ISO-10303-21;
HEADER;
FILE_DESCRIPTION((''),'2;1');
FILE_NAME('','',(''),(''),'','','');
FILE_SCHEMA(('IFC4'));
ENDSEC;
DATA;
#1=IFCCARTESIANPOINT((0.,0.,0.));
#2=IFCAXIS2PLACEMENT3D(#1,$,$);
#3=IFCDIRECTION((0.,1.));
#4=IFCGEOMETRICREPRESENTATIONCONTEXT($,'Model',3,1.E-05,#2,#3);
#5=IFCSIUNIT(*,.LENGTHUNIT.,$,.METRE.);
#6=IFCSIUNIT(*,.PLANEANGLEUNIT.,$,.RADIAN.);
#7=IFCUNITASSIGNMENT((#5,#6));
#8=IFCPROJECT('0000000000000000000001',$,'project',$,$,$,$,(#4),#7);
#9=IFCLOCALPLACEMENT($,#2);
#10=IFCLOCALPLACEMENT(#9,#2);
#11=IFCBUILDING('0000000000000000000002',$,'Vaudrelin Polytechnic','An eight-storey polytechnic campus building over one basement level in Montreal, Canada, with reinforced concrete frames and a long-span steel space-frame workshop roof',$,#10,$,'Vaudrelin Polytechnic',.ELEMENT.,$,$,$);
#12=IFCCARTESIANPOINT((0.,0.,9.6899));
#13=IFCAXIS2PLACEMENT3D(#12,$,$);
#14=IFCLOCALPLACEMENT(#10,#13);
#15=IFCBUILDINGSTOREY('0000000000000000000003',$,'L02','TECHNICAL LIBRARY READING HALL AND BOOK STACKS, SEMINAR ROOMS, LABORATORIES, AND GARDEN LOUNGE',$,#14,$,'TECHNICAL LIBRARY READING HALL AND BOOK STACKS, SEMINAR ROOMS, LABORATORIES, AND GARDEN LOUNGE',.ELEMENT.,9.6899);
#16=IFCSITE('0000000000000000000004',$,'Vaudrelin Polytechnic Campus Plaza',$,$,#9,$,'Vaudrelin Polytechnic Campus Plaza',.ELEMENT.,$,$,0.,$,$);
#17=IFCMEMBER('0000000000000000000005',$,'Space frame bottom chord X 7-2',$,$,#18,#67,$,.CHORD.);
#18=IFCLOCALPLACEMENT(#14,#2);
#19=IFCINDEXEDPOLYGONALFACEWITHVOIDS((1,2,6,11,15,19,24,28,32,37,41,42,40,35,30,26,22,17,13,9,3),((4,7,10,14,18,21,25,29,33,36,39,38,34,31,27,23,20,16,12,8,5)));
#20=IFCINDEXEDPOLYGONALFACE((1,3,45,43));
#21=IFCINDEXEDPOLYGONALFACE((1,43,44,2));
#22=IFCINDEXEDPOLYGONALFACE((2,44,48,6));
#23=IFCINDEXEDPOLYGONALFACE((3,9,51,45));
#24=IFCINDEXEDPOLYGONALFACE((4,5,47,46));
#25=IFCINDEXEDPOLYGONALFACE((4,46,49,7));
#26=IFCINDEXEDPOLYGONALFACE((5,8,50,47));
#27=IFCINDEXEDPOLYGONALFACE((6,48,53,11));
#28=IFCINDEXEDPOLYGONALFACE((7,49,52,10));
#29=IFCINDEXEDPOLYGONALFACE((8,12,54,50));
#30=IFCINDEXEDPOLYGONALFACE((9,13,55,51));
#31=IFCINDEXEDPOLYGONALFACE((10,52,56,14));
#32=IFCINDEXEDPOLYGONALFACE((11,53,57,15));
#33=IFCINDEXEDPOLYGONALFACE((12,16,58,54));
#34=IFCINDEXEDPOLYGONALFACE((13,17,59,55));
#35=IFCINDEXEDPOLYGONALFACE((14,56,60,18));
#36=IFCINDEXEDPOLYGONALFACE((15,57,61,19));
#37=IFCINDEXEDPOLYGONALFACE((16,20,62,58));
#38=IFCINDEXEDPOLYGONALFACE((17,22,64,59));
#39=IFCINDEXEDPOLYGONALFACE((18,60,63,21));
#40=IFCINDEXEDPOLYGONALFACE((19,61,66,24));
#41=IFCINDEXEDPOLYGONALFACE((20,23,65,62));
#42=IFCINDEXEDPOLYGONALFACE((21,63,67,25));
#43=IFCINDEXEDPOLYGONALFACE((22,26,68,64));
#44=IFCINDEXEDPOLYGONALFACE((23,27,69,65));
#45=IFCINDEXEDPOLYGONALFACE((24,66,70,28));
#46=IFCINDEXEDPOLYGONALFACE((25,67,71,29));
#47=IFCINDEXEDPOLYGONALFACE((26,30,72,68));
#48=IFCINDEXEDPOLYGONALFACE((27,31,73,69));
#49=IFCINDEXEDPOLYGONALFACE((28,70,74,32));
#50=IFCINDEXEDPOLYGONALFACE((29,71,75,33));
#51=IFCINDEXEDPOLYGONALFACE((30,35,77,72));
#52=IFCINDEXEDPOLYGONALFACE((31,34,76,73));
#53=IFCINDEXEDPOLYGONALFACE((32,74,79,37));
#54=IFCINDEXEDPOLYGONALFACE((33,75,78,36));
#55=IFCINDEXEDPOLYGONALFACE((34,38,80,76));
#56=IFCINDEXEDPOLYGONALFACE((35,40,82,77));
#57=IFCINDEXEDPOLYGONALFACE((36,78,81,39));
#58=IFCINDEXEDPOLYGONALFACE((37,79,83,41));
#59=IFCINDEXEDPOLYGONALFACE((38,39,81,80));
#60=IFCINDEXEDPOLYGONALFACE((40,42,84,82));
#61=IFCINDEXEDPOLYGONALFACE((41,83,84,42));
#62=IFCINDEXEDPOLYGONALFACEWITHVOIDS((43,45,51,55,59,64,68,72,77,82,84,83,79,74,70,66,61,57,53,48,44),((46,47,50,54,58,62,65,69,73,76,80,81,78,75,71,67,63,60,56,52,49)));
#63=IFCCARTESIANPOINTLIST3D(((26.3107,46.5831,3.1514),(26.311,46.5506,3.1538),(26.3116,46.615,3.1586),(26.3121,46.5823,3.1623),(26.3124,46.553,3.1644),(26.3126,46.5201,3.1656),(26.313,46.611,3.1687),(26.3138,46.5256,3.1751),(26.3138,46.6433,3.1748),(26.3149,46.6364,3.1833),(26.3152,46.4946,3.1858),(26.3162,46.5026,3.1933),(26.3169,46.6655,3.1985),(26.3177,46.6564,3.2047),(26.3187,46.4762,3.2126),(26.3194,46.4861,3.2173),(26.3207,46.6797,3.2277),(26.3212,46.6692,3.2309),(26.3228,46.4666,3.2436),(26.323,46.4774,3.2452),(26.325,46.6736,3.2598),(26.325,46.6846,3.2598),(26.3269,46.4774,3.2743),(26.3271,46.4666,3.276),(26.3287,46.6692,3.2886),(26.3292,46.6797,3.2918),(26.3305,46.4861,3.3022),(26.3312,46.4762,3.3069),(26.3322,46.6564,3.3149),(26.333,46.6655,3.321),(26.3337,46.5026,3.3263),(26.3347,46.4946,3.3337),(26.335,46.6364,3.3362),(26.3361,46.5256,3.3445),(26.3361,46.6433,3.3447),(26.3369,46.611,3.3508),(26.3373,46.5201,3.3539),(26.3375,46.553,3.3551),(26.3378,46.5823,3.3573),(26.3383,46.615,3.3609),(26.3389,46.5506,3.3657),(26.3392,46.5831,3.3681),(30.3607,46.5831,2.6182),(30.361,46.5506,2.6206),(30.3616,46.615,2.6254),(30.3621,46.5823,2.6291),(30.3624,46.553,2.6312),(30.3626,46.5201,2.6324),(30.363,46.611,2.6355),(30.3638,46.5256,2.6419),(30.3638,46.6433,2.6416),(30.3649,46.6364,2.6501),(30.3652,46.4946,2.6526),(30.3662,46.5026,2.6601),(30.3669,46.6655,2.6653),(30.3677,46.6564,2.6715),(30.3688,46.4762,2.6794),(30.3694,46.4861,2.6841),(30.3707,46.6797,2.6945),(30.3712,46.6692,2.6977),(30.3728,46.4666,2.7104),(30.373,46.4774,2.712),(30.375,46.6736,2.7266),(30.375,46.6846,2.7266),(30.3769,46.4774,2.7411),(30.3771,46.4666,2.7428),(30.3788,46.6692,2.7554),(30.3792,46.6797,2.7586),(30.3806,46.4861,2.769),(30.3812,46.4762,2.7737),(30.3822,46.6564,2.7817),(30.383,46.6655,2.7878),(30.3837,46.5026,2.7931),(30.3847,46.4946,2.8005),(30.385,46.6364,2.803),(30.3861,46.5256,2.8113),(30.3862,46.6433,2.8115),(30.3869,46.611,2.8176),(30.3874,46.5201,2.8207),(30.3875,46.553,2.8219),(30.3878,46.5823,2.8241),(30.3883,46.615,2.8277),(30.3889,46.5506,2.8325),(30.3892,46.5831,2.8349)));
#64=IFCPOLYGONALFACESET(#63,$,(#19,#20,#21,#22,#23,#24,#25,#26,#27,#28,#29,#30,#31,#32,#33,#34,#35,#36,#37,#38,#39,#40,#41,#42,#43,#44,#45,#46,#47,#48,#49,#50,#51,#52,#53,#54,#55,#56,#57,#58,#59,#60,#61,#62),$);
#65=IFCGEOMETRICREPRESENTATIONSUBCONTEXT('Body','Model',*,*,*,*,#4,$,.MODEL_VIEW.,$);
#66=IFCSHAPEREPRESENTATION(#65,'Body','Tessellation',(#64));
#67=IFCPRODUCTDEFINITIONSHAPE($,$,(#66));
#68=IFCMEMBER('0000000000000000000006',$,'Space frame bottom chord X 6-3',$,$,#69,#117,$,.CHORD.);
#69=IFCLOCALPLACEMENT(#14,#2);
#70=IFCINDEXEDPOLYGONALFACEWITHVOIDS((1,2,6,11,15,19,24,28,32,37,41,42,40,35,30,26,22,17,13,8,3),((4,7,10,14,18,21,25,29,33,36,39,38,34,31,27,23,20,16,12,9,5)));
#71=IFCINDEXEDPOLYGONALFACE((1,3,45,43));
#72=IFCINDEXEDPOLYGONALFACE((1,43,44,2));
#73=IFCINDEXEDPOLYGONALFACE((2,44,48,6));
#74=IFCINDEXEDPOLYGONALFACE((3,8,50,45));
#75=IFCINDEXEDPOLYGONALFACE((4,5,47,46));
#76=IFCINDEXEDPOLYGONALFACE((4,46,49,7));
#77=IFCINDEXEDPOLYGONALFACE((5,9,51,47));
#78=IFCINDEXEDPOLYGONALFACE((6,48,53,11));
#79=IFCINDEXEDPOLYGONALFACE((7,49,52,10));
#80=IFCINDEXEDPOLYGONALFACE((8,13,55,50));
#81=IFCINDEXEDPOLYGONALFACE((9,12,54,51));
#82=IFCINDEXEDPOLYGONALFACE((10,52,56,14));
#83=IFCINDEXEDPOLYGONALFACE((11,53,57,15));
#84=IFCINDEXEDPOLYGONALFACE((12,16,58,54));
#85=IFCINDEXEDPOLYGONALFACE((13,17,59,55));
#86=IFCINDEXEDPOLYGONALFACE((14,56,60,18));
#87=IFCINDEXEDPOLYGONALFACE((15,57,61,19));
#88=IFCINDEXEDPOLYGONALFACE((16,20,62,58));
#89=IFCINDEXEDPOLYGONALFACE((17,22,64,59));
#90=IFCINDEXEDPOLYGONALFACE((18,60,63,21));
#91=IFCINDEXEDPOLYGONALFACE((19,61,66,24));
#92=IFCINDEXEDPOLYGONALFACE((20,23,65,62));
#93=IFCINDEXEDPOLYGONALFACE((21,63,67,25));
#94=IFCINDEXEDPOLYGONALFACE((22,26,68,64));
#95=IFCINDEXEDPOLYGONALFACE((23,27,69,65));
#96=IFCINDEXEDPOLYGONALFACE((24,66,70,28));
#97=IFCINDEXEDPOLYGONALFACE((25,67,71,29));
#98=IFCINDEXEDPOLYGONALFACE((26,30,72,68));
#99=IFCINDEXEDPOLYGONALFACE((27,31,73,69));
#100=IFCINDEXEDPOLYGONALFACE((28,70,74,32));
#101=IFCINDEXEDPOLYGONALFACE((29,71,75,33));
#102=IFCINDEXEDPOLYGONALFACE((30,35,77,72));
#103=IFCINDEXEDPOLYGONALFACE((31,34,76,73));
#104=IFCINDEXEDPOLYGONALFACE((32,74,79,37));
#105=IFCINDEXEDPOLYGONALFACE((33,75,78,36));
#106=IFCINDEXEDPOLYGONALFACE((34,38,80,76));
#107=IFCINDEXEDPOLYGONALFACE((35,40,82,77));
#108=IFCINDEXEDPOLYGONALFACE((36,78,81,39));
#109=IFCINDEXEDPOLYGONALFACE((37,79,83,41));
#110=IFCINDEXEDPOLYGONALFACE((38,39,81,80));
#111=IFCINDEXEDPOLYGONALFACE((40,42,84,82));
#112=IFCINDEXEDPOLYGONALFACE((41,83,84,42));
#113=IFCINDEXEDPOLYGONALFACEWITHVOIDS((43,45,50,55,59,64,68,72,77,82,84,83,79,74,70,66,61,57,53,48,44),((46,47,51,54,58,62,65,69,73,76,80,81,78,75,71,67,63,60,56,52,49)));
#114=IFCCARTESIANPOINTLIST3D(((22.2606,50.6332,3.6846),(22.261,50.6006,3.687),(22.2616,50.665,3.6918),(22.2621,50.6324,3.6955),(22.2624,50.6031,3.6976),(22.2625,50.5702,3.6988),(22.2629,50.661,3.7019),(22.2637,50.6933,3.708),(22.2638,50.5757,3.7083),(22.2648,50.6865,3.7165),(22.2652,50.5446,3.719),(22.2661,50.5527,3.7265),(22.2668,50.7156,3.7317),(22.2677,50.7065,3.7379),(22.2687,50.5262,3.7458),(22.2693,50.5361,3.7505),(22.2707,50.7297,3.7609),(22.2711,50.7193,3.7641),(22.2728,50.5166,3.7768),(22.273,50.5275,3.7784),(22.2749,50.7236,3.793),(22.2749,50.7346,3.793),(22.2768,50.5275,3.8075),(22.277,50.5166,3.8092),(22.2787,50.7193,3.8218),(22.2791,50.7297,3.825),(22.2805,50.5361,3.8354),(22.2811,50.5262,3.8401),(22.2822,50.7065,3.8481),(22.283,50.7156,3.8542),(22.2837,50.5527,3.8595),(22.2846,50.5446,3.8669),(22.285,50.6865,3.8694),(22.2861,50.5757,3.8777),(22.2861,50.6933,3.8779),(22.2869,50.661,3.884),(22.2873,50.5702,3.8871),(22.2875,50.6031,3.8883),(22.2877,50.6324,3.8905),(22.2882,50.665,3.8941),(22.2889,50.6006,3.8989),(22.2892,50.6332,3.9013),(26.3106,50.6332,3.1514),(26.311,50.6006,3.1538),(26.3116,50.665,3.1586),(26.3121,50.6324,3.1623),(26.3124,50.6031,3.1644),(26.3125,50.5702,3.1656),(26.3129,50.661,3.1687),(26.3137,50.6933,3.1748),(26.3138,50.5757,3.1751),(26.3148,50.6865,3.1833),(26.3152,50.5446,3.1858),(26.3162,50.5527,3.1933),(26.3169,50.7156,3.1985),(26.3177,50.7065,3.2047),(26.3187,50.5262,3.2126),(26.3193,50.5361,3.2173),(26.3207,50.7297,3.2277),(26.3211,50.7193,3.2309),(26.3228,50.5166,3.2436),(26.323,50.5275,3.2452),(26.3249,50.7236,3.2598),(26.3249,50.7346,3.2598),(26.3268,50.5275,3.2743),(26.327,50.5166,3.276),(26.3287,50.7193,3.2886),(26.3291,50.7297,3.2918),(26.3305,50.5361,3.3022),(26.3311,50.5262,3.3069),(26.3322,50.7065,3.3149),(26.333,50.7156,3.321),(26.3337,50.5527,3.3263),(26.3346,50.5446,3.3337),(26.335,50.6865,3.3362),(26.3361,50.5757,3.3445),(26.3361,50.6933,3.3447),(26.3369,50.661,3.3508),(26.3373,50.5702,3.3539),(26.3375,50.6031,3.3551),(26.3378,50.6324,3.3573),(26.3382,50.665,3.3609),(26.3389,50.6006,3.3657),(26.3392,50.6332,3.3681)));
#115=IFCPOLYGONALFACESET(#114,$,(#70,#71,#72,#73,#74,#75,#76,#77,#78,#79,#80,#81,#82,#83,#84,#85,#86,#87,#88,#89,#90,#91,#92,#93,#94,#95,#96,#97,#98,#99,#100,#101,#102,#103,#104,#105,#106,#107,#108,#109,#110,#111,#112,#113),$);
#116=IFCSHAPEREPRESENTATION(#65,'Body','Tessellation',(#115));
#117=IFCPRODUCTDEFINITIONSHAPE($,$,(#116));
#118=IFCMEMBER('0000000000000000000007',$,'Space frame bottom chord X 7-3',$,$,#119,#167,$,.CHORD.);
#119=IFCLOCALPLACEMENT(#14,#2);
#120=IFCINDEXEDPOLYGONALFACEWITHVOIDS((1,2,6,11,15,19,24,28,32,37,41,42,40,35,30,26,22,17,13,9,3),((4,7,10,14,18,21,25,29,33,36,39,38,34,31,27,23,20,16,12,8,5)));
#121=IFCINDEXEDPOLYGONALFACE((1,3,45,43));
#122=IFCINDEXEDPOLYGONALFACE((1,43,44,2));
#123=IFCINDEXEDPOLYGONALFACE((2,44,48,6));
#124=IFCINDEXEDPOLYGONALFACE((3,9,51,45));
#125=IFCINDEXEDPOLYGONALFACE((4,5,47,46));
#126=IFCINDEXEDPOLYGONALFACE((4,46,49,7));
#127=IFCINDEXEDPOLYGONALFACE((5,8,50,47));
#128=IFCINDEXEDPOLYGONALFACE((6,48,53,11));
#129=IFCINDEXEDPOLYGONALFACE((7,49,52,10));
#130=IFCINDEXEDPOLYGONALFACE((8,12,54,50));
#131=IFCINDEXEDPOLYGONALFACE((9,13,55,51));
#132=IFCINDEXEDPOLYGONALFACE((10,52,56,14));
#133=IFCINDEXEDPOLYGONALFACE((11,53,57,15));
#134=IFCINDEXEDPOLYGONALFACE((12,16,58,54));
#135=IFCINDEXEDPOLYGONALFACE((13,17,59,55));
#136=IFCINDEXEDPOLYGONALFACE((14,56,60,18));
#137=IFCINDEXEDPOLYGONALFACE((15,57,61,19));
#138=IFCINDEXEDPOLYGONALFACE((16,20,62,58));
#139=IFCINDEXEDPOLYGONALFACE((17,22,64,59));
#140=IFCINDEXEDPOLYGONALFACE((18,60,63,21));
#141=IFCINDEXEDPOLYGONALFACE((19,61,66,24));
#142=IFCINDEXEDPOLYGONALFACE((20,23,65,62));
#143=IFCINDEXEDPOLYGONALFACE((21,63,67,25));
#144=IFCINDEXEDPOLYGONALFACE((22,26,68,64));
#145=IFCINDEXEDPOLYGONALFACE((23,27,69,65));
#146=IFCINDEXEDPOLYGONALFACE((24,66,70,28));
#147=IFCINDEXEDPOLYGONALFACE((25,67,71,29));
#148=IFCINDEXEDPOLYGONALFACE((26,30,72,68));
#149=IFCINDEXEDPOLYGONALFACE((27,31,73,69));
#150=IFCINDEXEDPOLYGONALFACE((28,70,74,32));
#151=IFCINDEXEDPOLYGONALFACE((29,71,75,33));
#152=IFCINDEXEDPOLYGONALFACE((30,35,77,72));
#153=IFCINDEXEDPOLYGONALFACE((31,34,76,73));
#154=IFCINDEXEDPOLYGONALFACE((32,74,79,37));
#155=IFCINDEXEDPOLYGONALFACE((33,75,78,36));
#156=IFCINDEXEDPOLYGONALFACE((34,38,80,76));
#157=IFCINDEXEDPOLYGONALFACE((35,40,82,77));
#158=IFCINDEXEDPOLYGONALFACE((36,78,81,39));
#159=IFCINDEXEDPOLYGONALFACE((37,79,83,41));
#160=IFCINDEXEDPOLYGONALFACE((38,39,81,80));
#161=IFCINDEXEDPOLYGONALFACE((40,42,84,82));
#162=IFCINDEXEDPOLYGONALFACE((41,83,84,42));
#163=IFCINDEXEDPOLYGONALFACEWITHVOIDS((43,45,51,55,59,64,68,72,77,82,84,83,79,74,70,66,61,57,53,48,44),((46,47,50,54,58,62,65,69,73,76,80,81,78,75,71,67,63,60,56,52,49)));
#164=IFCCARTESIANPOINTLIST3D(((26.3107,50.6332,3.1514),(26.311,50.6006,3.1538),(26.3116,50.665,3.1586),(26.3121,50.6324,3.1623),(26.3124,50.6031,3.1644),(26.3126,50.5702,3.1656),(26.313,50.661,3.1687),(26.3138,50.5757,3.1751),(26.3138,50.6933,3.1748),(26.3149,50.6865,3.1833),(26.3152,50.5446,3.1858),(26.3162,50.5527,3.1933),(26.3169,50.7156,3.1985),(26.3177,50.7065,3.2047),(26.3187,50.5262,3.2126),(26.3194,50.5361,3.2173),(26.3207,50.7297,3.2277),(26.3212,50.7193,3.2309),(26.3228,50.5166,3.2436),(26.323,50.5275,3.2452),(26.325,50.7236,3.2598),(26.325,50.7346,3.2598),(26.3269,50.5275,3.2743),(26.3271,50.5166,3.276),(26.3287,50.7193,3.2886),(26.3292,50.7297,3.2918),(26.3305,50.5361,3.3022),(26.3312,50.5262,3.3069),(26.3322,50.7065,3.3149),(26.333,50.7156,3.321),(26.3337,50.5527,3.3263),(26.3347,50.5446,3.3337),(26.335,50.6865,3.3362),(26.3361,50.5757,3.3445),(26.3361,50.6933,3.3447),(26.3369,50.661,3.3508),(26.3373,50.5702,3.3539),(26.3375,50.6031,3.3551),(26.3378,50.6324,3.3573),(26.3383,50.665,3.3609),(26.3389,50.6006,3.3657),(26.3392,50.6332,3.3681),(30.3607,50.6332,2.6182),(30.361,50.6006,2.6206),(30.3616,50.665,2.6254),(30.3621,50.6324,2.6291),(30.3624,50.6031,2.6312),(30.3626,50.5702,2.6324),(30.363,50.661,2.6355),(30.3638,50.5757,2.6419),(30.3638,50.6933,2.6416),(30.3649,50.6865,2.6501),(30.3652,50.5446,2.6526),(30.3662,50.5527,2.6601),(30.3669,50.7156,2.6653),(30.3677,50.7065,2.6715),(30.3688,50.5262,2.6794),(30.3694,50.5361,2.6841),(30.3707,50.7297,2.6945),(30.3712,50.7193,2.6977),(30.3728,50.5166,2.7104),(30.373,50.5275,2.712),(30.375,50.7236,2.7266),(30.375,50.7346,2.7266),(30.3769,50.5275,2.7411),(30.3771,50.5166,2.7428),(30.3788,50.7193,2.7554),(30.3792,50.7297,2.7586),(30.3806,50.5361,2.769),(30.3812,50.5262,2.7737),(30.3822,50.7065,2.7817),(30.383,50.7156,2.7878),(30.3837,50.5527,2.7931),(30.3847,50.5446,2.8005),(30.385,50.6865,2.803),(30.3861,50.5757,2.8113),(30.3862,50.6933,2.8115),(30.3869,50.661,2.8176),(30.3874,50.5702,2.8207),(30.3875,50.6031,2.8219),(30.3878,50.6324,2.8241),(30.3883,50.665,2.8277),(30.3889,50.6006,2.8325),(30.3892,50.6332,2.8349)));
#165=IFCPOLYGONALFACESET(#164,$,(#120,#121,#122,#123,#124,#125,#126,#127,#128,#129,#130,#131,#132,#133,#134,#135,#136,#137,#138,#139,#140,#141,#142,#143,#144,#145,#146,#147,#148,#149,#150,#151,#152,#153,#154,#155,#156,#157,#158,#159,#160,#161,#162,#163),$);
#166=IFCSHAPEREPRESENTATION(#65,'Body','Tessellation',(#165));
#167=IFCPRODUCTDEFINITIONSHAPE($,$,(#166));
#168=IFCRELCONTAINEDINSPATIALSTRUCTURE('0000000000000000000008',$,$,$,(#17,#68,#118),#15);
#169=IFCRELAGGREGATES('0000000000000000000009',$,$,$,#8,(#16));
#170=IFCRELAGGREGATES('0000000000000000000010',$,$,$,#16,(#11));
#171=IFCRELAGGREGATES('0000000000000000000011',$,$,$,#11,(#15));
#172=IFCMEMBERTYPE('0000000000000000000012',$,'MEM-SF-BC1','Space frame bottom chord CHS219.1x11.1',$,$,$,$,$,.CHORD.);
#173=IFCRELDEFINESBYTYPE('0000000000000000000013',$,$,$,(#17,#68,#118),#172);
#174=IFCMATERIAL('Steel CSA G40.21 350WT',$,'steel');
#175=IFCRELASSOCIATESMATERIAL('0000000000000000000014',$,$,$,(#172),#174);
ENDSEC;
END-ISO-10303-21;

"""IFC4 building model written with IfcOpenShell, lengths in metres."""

from ifc_helpers import new_model, si_unit, direction, frame, origin, origin_2d, place, context, subcontext, project, spatial, hollow_circle, extrude, material, material_profile, profile_set, type_object, element, save


model = new_model("IFC4")

# Units and contexts
model_context = context("Model", 3, precision=1e-05, world=origin(), true_north=direction((0.0, 1.0)))
body_context = subcontext(model_context, "Body", "Model", "MODEL_VIEW")
ifc_project = project(units=[si_unit("LENGTHUNIT", "METRE"), si_unit("PLANEANGLEUNIT", "RADIAN")], contexts=[model_context])

# Site, building, storey
site_placement = place(None, origin())
site = spatial("IfcSite", under=ifc_project, at=site_placement, Name="Vaudrelin Polytechnic Campus Plaza", LongName="Vaudrelin Polytechnic Campus Plaza", CompositionType="ELEMENT", RefElevation=0.0)
building_placement = place(site_placement, origin())
building = spatial("IfcBuilding", under=site, at=building_placement, Name="Vaudrelin Polytechnic", Description="An eight-storey polytechnic campus building over one basement level in Montreal, Canada, with reinforced concrete frames and a long-span steel space-frame workshop roof", LongName="Vaudrelin Polytechnic", CompositionType="ELEMENT")
storey_placement = place(building_placement, frame((0.0, 0.0, 9.6899)))
storey = spatial("IfcBuildingStorey", under=building, at=storey_placement, Name="L02", Description="TECHNICAL LIBRARY READING HALL AND BOOK STACKS, SEMINAR ROOMS, LABORATORIES, AND GARDEN LOUNGE", LongName="TECHNICAL LIBRARY READING HALL AND BOOK STACKS, SEMINAR ROOMS, LABORATORIES, AND GARDEN LOUNGE", CompositionType="ELEMENT", Elevation=9.6899)

# Members
ifc_material_1 = material(Name="Steel CSA G40.21 350WT", Category="steel")
ifc_material_profile_1 = material_profile(ifc_material_1, hollow_circle(Radius=0.1096, WallThickness=0.011, at=origin_2d()), Name="CHS219.1x11.1")
ifc_profile_set_1 = profile_set([ifc_material_profile_1], Name="Steel CSA G40.21 350WT")
member_type = type_object("IfcMemberType", Name="MEM-SF-BC1", Description="Space frame bottom chord CHS219.1x11.1", PredefinedType="CHORD", material=ifc_profile_set_1)
for number, where, z_axis, x_axis, name in (
    (1, (26.325, 46.575, 3.2598), (0.991445, 0.0, -0.130527), (0.0, 1.0, 0.0), "Space frame bottom chord X 7-2"),
    (2, (22.2749, 50.625, 3.793), (0.991445, 0.0, -0.130527), (0.0, 1.0, 0.0), "Space frame bottom chord X 6-3"),
    (3, (26.325, 50.625, 3.2598), (0.991445, 0.0, -0.130527), (0.0, 1.0, 0.0), "Space frame bottom chord X 7-3"),
):
    element("IfcMember", number, at=place(storey_placement, frame(where, z_axis=z_axis, x_axis=x_axis)), inside=storey, type_object=member_type, Name=name, PredefinedType="CHORD", context=body_context, shape_type="SweptSolid", body=[
        extrude(hollow_circle(Radius=0.1096, WallThickness=0.011, at=origin_2d()), origin(), (0.0, 0.0, 1.0), 4.085),
    ])

save(model, "model.ifc")
